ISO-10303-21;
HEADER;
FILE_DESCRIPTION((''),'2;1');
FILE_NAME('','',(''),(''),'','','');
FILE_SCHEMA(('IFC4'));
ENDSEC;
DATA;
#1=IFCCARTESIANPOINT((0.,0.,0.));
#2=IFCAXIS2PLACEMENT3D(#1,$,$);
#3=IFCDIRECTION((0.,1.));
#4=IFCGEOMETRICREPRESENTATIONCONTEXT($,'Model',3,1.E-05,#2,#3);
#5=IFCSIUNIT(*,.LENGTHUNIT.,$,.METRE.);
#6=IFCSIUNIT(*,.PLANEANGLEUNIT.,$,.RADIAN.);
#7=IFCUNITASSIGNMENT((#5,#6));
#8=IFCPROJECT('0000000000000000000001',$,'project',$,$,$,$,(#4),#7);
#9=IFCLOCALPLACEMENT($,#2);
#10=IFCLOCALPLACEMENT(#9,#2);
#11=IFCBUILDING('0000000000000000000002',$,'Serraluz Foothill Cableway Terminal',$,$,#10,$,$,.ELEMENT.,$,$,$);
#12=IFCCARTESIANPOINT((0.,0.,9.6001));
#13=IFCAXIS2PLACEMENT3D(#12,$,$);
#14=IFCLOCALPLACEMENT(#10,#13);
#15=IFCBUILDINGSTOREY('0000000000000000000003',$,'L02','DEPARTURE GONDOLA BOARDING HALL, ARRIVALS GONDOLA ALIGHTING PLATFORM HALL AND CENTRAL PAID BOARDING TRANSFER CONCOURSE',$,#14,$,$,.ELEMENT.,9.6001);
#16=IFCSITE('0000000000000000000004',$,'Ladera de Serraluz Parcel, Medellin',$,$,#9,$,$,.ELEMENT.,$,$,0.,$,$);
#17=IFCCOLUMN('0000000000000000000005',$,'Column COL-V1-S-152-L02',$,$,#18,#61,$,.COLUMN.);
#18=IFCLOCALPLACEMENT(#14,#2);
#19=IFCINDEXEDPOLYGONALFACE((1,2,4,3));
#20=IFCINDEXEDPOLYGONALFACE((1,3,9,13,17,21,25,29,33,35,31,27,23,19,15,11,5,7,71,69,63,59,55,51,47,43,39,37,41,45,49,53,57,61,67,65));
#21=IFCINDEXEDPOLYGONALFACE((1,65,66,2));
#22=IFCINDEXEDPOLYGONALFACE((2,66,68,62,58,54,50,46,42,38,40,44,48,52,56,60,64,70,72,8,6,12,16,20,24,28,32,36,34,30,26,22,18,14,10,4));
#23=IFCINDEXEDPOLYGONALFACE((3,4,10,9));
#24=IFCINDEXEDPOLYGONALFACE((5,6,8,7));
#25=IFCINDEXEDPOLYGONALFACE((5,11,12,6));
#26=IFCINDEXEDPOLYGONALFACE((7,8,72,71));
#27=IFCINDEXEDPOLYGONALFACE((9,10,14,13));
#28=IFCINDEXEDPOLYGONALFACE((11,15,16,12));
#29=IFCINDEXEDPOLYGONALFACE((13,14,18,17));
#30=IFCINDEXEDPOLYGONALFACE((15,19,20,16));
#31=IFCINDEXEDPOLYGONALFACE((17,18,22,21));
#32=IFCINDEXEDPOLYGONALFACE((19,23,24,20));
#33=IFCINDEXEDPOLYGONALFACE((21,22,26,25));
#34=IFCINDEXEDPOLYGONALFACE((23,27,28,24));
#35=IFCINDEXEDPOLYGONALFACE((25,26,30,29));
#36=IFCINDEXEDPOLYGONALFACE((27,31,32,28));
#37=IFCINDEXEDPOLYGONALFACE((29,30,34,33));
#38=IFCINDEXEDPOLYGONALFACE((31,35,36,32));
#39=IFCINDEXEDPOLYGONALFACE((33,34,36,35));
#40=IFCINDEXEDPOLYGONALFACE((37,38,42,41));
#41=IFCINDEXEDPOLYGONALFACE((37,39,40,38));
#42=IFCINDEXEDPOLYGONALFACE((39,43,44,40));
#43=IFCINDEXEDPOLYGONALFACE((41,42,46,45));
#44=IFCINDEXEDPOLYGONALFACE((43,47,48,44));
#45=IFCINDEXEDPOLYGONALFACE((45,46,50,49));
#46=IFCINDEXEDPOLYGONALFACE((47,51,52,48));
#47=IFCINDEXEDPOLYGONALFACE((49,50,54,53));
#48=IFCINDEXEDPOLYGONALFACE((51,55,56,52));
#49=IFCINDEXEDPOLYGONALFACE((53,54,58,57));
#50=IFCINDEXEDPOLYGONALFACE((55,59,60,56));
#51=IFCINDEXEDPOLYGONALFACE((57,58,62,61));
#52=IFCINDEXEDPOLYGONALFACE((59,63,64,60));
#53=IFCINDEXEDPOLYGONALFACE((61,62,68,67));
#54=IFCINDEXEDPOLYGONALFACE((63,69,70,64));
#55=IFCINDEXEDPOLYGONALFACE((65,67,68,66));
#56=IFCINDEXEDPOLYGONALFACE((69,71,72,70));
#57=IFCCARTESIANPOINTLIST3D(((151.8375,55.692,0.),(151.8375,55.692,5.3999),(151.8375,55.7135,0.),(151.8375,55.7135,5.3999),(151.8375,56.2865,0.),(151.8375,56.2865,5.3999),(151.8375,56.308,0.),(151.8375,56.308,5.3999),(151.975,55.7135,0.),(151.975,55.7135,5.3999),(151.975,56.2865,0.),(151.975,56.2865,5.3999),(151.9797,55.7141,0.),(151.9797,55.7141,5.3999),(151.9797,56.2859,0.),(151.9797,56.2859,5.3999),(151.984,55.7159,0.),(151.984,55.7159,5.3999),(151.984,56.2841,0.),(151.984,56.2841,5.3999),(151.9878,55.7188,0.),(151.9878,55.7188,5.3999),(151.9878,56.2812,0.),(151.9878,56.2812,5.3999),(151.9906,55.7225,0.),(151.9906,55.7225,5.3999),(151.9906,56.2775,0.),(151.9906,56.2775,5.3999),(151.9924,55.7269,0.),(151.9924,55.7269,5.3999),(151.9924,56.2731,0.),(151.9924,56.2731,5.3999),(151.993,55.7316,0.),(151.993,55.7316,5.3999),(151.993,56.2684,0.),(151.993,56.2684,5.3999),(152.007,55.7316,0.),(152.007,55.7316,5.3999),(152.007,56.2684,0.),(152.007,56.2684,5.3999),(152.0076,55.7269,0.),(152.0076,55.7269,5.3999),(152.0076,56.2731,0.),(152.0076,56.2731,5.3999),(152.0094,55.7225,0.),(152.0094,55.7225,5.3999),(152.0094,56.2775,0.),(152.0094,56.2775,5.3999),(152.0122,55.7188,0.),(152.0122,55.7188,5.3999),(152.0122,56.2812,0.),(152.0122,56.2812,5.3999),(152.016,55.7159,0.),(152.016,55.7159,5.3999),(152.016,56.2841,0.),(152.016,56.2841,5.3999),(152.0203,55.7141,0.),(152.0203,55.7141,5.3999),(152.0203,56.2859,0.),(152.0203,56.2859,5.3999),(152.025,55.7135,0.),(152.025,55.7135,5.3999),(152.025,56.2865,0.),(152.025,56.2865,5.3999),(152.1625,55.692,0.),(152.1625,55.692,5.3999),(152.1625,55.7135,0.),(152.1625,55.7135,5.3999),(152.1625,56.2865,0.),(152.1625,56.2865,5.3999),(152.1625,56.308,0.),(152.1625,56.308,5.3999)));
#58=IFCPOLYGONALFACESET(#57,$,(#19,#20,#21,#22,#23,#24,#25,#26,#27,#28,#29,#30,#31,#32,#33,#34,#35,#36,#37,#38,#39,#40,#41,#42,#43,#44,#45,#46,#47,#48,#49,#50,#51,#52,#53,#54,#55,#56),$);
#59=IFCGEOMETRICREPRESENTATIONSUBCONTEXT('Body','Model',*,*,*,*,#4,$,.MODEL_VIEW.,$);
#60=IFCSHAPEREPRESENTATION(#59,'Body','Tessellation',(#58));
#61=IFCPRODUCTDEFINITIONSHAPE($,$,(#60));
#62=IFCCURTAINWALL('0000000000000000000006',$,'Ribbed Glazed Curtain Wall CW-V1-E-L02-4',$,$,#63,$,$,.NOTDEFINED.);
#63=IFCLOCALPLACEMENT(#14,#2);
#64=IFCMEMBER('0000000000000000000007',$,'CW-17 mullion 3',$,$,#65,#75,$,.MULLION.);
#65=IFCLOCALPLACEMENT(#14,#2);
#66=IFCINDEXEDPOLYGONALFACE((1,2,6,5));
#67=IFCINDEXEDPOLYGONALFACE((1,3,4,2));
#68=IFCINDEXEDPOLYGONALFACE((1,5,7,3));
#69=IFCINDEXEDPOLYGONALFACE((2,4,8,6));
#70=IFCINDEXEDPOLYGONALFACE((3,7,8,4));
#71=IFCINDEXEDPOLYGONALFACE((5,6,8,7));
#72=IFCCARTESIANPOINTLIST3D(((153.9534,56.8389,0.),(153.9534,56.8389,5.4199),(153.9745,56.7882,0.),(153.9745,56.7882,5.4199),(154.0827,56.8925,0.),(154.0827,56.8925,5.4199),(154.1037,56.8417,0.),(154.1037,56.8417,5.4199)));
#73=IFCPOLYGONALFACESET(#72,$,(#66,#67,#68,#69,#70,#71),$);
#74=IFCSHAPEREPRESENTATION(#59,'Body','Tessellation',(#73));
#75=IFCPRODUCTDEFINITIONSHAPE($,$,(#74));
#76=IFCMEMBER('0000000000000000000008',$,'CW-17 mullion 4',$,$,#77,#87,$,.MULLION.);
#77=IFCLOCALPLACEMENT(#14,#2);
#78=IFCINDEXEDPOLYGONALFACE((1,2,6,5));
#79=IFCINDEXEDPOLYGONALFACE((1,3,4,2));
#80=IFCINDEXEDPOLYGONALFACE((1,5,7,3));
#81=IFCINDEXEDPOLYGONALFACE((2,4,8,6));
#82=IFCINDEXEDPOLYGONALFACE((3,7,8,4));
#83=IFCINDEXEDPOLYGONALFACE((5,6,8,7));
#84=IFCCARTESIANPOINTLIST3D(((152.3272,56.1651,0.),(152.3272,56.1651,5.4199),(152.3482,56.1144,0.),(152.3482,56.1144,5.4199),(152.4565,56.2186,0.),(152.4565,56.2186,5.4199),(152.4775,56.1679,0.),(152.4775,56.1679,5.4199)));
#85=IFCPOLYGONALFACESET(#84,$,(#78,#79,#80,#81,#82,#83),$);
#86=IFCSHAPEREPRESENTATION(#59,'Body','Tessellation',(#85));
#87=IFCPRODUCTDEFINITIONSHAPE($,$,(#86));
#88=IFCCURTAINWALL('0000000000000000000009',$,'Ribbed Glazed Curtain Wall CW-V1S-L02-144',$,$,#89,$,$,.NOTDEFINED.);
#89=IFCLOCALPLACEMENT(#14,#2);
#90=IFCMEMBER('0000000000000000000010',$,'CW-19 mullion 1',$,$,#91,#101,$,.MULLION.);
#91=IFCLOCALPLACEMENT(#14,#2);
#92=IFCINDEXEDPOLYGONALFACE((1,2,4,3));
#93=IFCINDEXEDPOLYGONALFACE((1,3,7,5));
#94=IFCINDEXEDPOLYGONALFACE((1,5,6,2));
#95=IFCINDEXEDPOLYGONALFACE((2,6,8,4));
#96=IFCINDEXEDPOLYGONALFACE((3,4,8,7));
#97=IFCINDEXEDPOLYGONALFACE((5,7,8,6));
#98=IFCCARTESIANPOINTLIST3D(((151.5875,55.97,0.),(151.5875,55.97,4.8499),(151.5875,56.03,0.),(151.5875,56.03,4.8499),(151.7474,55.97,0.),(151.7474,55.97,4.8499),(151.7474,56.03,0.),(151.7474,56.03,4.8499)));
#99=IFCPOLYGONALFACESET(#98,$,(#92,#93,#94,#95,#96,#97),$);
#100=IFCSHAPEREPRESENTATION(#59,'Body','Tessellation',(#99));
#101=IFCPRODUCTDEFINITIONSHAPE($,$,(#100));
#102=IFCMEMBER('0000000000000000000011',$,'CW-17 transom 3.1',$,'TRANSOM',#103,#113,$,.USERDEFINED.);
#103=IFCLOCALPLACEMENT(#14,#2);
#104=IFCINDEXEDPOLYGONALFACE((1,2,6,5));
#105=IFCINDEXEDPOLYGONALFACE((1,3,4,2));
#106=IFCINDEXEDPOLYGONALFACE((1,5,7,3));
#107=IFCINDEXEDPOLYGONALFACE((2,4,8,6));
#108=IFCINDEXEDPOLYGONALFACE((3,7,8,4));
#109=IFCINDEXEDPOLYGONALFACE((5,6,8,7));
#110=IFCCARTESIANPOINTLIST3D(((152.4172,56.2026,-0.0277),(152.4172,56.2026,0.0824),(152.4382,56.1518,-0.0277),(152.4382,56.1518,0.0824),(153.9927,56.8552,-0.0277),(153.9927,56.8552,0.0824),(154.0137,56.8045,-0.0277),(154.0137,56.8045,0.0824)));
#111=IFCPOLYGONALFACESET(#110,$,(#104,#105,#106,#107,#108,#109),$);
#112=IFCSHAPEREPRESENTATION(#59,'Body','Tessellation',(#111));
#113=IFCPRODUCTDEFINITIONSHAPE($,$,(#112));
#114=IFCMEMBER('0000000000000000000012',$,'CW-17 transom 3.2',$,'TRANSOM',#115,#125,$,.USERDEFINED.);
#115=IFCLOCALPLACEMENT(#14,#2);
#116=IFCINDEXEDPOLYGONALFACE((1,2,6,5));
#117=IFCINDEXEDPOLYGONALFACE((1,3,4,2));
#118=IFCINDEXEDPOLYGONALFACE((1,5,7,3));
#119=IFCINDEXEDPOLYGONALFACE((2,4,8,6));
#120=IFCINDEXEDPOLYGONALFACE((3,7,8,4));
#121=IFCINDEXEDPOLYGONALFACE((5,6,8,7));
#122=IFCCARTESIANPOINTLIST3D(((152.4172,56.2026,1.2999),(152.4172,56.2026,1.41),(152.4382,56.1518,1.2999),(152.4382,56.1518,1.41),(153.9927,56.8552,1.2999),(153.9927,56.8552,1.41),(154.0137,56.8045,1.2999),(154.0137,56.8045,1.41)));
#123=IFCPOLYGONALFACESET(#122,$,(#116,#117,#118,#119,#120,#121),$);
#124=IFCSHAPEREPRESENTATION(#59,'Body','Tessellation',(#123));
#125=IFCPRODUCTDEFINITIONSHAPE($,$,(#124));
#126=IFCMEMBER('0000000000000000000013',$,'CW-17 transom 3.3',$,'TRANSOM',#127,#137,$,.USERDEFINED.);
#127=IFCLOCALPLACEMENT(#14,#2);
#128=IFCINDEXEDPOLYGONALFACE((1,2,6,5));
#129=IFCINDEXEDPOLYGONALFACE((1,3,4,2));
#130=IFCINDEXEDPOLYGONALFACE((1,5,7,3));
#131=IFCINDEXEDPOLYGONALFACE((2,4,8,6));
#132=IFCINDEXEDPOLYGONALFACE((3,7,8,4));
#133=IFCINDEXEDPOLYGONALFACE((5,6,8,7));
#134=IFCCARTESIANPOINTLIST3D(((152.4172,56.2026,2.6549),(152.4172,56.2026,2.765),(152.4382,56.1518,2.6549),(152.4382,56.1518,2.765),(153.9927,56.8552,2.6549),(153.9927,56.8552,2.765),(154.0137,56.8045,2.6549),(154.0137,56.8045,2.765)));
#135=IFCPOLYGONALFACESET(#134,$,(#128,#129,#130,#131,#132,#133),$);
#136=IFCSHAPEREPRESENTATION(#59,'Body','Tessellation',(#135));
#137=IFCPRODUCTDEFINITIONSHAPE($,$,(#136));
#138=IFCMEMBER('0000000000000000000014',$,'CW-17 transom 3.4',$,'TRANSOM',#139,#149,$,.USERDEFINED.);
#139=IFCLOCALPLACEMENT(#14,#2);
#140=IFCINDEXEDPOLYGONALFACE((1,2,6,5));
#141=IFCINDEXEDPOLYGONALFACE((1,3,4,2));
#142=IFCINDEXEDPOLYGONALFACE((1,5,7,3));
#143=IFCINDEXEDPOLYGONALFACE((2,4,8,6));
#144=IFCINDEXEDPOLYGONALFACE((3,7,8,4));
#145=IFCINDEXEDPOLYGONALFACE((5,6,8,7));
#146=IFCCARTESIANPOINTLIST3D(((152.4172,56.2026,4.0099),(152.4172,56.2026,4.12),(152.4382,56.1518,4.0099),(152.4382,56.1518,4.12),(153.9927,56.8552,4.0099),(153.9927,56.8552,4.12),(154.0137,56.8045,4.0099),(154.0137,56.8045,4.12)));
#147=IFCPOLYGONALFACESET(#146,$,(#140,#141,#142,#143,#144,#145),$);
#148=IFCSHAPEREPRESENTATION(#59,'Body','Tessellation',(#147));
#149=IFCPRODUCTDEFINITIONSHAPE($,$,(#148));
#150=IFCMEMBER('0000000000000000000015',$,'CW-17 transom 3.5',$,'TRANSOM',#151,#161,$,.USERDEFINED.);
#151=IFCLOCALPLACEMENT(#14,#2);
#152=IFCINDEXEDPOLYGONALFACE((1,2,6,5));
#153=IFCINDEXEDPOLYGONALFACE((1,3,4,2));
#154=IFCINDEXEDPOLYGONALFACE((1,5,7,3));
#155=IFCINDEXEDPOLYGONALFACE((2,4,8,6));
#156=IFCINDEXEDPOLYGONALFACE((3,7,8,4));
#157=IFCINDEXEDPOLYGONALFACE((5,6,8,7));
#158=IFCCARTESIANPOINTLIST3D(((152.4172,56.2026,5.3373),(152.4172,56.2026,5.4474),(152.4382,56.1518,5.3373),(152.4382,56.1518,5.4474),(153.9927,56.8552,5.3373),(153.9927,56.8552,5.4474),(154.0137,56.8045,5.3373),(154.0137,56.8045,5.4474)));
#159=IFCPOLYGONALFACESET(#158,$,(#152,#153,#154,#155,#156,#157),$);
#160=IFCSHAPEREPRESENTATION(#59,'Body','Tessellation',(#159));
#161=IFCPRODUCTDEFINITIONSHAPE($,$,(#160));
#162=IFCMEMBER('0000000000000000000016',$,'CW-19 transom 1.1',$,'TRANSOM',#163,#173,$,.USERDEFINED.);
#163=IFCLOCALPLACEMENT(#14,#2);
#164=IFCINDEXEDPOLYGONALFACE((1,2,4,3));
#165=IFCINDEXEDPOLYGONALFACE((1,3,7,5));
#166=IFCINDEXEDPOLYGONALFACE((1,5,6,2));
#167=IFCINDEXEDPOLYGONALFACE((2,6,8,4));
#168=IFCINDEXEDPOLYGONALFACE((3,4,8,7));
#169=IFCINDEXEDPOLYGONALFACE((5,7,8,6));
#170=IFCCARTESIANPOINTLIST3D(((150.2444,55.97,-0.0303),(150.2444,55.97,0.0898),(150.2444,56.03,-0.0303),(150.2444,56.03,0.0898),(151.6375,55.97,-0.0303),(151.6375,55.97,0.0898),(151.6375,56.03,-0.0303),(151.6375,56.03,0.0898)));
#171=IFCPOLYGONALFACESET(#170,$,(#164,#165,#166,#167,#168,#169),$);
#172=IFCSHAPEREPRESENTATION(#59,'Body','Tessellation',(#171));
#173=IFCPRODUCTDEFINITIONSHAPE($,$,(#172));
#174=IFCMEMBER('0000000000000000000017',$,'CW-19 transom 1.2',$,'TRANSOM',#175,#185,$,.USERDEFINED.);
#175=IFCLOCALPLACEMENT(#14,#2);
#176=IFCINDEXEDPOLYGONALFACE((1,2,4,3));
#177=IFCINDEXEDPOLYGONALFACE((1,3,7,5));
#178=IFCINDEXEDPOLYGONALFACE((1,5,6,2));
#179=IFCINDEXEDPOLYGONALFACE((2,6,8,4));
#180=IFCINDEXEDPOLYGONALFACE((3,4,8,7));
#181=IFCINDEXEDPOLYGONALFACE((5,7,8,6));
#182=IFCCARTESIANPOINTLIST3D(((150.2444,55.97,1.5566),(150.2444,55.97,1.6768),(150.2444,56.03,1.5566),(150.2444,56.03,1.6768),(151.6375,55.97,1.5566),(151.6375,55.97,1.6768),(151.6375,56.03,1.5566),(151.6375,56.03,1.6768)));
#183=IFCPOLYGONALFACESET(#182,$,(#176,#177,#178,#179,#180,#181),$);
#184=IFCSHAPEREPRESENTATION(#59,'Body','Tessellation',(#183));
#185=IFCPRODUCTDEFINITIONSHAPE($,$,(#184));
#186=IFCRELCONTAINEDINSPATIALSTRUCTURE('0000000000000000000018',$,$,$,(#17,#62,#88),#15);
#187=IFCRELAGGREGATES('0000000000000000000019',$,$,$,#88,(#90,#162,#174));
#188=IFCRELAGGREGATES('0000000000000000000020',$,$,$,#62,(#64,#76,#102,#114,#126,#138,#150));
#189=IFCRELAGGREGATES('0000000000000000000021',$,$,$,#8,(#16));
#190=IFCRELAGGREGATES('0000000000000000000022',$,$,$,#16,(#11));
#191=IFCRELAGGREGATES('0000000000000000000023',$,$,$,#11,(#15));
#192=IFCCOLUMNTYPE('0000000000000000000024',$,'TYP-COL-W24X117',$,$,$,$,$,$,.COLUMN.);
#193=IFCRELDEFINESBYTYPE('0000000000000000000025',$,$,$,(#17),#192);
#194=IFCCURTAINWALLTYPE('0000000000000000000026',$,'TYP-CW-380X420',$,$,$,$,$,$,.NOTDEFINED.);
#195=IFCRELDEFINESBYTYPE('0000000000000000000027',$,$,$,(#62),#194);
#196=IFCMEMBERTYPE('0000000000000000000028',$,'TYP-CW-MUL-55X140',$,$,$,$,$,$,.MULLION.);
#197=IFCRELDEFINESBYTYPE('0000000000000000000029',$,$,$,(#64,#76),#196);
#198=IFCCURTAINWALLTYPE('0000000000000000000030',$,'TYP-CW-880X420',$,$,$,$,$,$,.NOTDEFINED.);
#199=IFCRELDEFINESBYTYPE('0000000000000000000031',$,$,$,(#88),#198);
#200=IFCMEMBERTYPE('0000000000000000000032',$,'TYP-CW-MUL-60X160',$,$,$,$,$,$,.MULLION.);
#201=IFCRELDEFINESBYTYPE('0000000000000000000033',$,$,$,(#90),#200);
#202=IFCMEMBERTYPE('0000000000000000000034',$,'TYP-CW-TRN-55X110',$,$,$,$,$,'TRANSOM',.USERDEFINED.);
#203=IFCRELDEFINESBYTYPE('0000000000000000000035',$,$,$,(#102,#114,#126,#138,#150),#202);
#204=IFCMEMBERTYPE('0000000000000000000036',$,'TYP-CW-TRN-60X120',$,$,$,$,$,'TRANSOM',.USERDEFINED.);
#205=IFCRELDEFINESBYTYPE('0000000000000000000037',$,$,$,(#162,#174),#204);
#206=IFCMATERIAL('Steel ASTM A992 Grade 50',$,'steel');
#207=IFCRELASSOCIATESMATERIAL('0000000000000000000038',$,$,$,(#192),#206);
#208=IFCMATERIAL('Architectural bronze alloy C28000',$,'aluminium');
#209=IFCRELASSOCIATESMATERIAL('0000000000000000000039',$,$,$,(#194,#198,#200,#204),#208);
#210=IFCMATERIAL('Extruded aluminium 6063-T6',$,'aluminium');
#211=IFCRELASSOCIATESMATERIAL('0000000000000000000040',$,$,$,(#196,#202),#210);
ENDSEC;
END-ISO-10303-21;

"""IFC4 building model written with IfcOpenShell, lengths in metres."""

from ifc_helpers import new_model, si_unit, direction, frame, origin, origin_2d, place, context, subcontext, project, spatial, rectangle, i_section, extrude, material, material_profile, profile_set, type_object, element, aggregate, save


model = new_model("IFC4")

# Units and contexts
model_context = context("Model", 3, precision=1e-05, world=origin(), true_north=direction((0.0, 1.0)))
body_context = subcontext(model_context, "Body", "Model", "MODEL_VIEW")
ifc_project = project(units=[si_unit("LENGTHUNIT", "METRE"), si_unit("PLANEANGLEUNIT", "RADIAN")], contexts=[model_context])

# Site, building, storey
site_placement = place(None, origin())
site = spatial("IfcSite", under=ifc_project, at=site_placement, Name="Ladera de Serraluz Parcel, Medellin", CompositionType="ELEMENT", RefElevation=0.0)
building_placement = place(site_placement, origin())
building = spatial("IfcBuilding", under=site, at=building_placement, Name="Serraluz Foothill Cableway Terminal", CompositionType="ELEMENT")
storey_placement = place(building_placement, frame((0.0, 0.0, 9.6001)))
storey = spatial("IfcBuildingStorey", under=building, at=storey_placement, Name="L02", Description="DEPARTURE GONDOLA BOARDING HALL, ARRIVALS GONDOLA ALIGHTING PLATFORM HALL AND CENTRAL PAID BOARDING TRANSFER CONCOURSE", CompositionType="ELEMENT", Elevation=9.6001)

# Column
ifc_material_1 = material(Name="Steel ASTM A992 Grade 50", Category="steel")
ifc_material_profile_1 = material_profile(ifc_material_1, i_section(OverallWidth=0.325, OverallDepth=0.616, WebThickness=0.0139, FlangeThickness=0.0215, FilletRadius=0.0181, at=origin_2d()), Name="W24X117")
ifc_profile_set_1 = profile_set([ifc_material_profile_1], Name="Steel ASTM A992 Grade 50")
column_type = type_object("IfcColumnType", Name="TYP-COL-W24X117", PredefinedType="COLUMN", material=ifc_profile_set_1)
column_placement = place(storey_placement, frame((152.0, 56.0, 0.0), z_axis=(0.0, 0.0, 1.0), x_axis=(1.0, 0.0, 0.0)))
element("IfcColumn", 1, at=column_placement, inside=storey, type_object=column_type, Name="Column COL-V1-S-152-L02", PredefinedType="COLUMN", context=body_context, shape_type="SweptSolid", body=[
    extrude(i_section(OverallWidth=0.325, OverallDepth=0.616, WebThickness=0.0139, FlangeThickness=0.0215, FilletRadius=0.0181, at=origin_2d()), origin(), (0.0, 0.0, 1.0), 5.3999),
])

# Curtain wall, members
ifc_material_2 = material(Name="Architectural bronze alloy C28000", Category="aluminium")
curtain_wall_type_1 = type_object("IfcCurtainWallType", Name="TYP-CW-380X420", PredefinedType="NOTDEFINED", material=ifc_material_2)
curtain_wall_1_placement = place(storey_placement, origin())
curtain_wall_1 = element("IfcCurtainWall", 2, at=curtain_wall_1_placement, inside=storey, type_object=curtain_wall_type_1, Name="Ribbed Glazed Curtain Wall CW-V1-E-L02-4", PredefinedType="NOTDEFINED")
ifc_material_3 = material(Name="Extruded aluminium 6063-T6", Category="aluminium")
ifc_material_profile_2 = material_profile(ifc_material_3, rectangle(XDim=0.0549, YDim=0.1399, at=origin_2d()), Name="ALU MULLION 55x140")
ifc_profile_set_2 = profile_set([ifc_material_profile_2], Name="Extruded aluminium 6063-T6")
member_type_1 = type_object("IfcMemberType", Name="TYP-CW-MUL-55X140", PredefinedType="MULLION", material=ifc_profile_set_2)
member_1_placement = place(storey_placement, frame((154.0286, 56.8403, 0.0), z_axis=(0.0, 0.0, 1.0), x_axis=(0.382682, -0.92388, 0.0)))
member_1 = element("IfcMember", 3, at=member_1_placement, type_object=member_type_1, Name="CW-17 mullion 3", PredefinedType="MULLION", context=body_context, shape_type="SweptSolid", body=[
    extrude(rectangle(XDim=0.0549, YDim=0.1399, at=origin_2d()), origin(), (0.0, 0.0, 1.0), 5.4199),
])
member_2_placement = place(storey_placement, frame((152.4023, 56.1665, 0.0), z_axis=(0.0, 0.0, 1.0), x_axis=(0.382682, -0.92388, 0.0)))
member_2 = element("IfcMember", 4, at=member_2_placement, type_object=member_type_1, Name="CW-17 mullion 4", PredefinedType="MULLION", context=body_context, shape_type="SweptSolid", body=[
    extrude(rectangle(XDim=0.0549, YDim=0.1399, at=origin_2d()), origin(), (0.0, 0.0, 1.0), 5.4199),
])

# Curtain wall, member
curtain_wall_type_2 = type_object("IfcCurtainWallType", Name="TYP-CW-880X420", PredefinedType="NOTDEFINED", material=ifc_material_2)
curtain_wall_2_placement = place(storey_placement, origin())
curtain_wall_2 = element("IfcCurtainWall", 5, at=curtain_wall_2_placement, inside=storey, type_object=curtain_wall_type_2, Name="Ribbed Glazed Curtain Wall CW-V1S-L02-144", PredefinedType="NOTDEFINED")
ifc_material_profile_3 = material_profile(ifc_material_2, rectangle(XDim=0.0601, YDim=0.1599, at=origin_2d()), Name="ALU MULLION 60x160")
ifc_profile_set_3 = profile_set([ifc_material_profile_3], Name="Architectural bronze alloy C28000")
member_type_2 = type_object("IfcMemberType", Name="TYP-CW-MUL-60X160", PredefinedType="MULLION", material=ifc_profile_set_3)
member_3_placement = place(storey_placement, frame((151.6675, 56.0, 0.0), z_axis=(0.0, 0.0, 1.0), x_axis=(0.0, -1.0, 0.0)))
member_3 = element("IfcMember", 6, at=member_3_placement, type_object=member_type_2, Name="CW-19 mullion 1", PredefinedType="MULLION", context=body_context, shape_type="SweptSolid", body=[
    extrude(rectangle(XDim=0.0601, YDim=0.1599, at=origin_2d()), origin(), (0.0, 0.0, 1.0), 4.8499),
])

# Members
ifc_material_profile_4 = material_profile(ifc_material_3, rectangle(XDim=0.0549, YDim=0.1101, at=origin_2d()), Name="ALU TRANSOM 55x110")
ifc_profile_set_4 = profile_set([ifc_material_profile_4], Name="Extruded aluminium 6063-T6")
member_type_3 = type_object("IfcMemberType", Name="TYP-CW-TRN-55X110", ElementType="TRANSOM", PredefinedType="USERDEFINED", material=ifc_profile_set_4)
member_4_placement = place(storey_placement, frame((154.0032, 56.8298, 0.0273), z_axis=(-0.923875, -0.382693, 0.0), x_axis=(0.382693, -0.923875, 0.0)))
member_4 = element("IfcMember", 7, at=member_4_placement, type_object=member_type_3, Name="CW-17 transom 3.1", ObjectType="TRANSOM", PredefinedType="USERDEFINED", context=body_context, shape_type="SweptSolid", body=[
    extrude(rectangle(XDim=0.0549, YDim=0.1101, at=origin_2d()), origin(), (0.0, 0.0, 1.0), 1.7053),
])
member_5_placement = place(storey_placement, frame((154.0032, 56.8298, 1.355), z_axis=(-0.923875, -0.382693, 0.0), x_axis=(0.382693, -0.923875, 0.0)))
member_5 = element("IfcMember", 8, at=member_5_placement, type_object=member_type_3, Name="CW-17 transom 3.2", ObjectType="TRANSOM", PredefinedType="USERDEFINED", context=body_context, shape_type="SweptSolid", body=[
    extrude(rectangle(XDim=0.0549, YDim=0.1101, at=origin_2d()), origin(), (0.0, 0.0, 1.0), 1.7053),
])
member_6_placement = place(storey_placement, frame((154.0032, 56.8298, 2.71), z_axis=(-0.923875, -0.382693, 0.0), x_axis=(0.382693, -0.923875, 0.0)))
member_6 = element("IfcMember", 9, at=member_6_placement, type_object=member_type_3, Name="CW-17 transom 3.3", ObjectType="TRANSOM", PredefinedType="USERDEFINED", context=body_context, shape_type="SweptSolid", body=[
    extrude(rectangle(XDim=0.0549, YDim=0.1101, at=origin_2d()), origin(), (0.0, 0.0, 1.0), 1.7053),
])
member_7_placement = place(storey_placement, frame((154.0032, 56.8298, 4.0649), z_axis=(-0.923875, -0.382693, 0.0), x_axis=(0.382693, -0.923875, 0.0)))
member_7 = element("IfcMember", 10, at=member_7_placement, type_object=member_type_3, Name="CW-17 transom 3.4", ObjectType="TRANSOM", PredefinedType="USERDEFINED", context=body_context, shape_type="SweptSolid", body=[
    extrude(rectangle(XDim=0.0549, YDim=0.1101, at=origin_2d()), origin(), (0.0, 0.0, 1.0), 1.7053),
])
member_8_placement = place(storey_placement, frame((154.0032, 56.8298, 5.3923), z_axis=(-0.923875, -0.382693, 0.0), x_axis=(0.382693, -0.923875, 0.0)))
member_8 = element("IfcMember", 11, at=member_8_placement, type_object=member_type_3, Name="CW-17 transom 3.5", ObjectType="TRANSOM", PredefinedType="USERDEFINED", context=body_context, shape_type="SweptSolid", body=[
    extrude(rectangle(XDim=0.0549, YDim=0.1101, at=origin_2d()), origin(), (0.0, 0.0, 1.0), 1.7053),
])
ifc_material_profile_5 = material_profile(ifc_material_2, rectangle(XDim=0.0601, YDim=0.1201, at=origin_2d()), Name="ALU TRANSOM 60x120")
ifc_profile_set_5 = profile_set([ifc_material_profile_5], Name="Architectural bronze alloy C28000")
member_type_4 = type_object("IfcMemberType", Name="TYP-CW-TRN-60X120", ElementType="TRANSOM", PredefinedType="USERDEFINED", material=ifc_profile_set_5)
member_9_placement = place(storey_placement, frame((151.6375, 56.0, 0.0298), z_axis=(-1.0, 0.0, 0.0), x_axis=(0.0, -1.0, 0.0)))
member_9 = element("IfcMember", 12, at=member_9_placement, type_object=member_type_4, Name="CW-19 transom 1.1", ObjectType="TRANSOM", PredefinedType="USERDEFINED", context=body_context, shape_type="SweptSolid", body=[
    extrude(rectangle(XDim=0.0601, YDim=0.1201, at=origin_2d()), origin(), (0.0, 0.0, 1.0), 1.3931),
])
member_10_placement = place(storey_placement, frame((151.6375, 56.0, 1.6167), z_axis=(-1.0, 0.0, 0.0), x_axis=(0.0, -1.0, 0.0)))
member_10 = element("IfcMember", 13, at=member_10_placement, type_object=member_type_4, Name="CW-19 transom 1.2", ObjectType="TRANSOM", PredefinedType="USERDEFINED", context=body_context, shape_type="SweptSolid", body=[
    extrude(rectangle(XDim=0.0601, YDim=0.1201, at=origin_2d()), origin(), (0.0, 0.0, 1.0), 1.3931),
])

aggregate(curtain_wall_2, [member_3, member_9, member_10])
aggregate(curtain_wall_1, [member_1, member_2, member_4, member_5, member_6, member_7, member_8])

save(model, "model.ifc")
